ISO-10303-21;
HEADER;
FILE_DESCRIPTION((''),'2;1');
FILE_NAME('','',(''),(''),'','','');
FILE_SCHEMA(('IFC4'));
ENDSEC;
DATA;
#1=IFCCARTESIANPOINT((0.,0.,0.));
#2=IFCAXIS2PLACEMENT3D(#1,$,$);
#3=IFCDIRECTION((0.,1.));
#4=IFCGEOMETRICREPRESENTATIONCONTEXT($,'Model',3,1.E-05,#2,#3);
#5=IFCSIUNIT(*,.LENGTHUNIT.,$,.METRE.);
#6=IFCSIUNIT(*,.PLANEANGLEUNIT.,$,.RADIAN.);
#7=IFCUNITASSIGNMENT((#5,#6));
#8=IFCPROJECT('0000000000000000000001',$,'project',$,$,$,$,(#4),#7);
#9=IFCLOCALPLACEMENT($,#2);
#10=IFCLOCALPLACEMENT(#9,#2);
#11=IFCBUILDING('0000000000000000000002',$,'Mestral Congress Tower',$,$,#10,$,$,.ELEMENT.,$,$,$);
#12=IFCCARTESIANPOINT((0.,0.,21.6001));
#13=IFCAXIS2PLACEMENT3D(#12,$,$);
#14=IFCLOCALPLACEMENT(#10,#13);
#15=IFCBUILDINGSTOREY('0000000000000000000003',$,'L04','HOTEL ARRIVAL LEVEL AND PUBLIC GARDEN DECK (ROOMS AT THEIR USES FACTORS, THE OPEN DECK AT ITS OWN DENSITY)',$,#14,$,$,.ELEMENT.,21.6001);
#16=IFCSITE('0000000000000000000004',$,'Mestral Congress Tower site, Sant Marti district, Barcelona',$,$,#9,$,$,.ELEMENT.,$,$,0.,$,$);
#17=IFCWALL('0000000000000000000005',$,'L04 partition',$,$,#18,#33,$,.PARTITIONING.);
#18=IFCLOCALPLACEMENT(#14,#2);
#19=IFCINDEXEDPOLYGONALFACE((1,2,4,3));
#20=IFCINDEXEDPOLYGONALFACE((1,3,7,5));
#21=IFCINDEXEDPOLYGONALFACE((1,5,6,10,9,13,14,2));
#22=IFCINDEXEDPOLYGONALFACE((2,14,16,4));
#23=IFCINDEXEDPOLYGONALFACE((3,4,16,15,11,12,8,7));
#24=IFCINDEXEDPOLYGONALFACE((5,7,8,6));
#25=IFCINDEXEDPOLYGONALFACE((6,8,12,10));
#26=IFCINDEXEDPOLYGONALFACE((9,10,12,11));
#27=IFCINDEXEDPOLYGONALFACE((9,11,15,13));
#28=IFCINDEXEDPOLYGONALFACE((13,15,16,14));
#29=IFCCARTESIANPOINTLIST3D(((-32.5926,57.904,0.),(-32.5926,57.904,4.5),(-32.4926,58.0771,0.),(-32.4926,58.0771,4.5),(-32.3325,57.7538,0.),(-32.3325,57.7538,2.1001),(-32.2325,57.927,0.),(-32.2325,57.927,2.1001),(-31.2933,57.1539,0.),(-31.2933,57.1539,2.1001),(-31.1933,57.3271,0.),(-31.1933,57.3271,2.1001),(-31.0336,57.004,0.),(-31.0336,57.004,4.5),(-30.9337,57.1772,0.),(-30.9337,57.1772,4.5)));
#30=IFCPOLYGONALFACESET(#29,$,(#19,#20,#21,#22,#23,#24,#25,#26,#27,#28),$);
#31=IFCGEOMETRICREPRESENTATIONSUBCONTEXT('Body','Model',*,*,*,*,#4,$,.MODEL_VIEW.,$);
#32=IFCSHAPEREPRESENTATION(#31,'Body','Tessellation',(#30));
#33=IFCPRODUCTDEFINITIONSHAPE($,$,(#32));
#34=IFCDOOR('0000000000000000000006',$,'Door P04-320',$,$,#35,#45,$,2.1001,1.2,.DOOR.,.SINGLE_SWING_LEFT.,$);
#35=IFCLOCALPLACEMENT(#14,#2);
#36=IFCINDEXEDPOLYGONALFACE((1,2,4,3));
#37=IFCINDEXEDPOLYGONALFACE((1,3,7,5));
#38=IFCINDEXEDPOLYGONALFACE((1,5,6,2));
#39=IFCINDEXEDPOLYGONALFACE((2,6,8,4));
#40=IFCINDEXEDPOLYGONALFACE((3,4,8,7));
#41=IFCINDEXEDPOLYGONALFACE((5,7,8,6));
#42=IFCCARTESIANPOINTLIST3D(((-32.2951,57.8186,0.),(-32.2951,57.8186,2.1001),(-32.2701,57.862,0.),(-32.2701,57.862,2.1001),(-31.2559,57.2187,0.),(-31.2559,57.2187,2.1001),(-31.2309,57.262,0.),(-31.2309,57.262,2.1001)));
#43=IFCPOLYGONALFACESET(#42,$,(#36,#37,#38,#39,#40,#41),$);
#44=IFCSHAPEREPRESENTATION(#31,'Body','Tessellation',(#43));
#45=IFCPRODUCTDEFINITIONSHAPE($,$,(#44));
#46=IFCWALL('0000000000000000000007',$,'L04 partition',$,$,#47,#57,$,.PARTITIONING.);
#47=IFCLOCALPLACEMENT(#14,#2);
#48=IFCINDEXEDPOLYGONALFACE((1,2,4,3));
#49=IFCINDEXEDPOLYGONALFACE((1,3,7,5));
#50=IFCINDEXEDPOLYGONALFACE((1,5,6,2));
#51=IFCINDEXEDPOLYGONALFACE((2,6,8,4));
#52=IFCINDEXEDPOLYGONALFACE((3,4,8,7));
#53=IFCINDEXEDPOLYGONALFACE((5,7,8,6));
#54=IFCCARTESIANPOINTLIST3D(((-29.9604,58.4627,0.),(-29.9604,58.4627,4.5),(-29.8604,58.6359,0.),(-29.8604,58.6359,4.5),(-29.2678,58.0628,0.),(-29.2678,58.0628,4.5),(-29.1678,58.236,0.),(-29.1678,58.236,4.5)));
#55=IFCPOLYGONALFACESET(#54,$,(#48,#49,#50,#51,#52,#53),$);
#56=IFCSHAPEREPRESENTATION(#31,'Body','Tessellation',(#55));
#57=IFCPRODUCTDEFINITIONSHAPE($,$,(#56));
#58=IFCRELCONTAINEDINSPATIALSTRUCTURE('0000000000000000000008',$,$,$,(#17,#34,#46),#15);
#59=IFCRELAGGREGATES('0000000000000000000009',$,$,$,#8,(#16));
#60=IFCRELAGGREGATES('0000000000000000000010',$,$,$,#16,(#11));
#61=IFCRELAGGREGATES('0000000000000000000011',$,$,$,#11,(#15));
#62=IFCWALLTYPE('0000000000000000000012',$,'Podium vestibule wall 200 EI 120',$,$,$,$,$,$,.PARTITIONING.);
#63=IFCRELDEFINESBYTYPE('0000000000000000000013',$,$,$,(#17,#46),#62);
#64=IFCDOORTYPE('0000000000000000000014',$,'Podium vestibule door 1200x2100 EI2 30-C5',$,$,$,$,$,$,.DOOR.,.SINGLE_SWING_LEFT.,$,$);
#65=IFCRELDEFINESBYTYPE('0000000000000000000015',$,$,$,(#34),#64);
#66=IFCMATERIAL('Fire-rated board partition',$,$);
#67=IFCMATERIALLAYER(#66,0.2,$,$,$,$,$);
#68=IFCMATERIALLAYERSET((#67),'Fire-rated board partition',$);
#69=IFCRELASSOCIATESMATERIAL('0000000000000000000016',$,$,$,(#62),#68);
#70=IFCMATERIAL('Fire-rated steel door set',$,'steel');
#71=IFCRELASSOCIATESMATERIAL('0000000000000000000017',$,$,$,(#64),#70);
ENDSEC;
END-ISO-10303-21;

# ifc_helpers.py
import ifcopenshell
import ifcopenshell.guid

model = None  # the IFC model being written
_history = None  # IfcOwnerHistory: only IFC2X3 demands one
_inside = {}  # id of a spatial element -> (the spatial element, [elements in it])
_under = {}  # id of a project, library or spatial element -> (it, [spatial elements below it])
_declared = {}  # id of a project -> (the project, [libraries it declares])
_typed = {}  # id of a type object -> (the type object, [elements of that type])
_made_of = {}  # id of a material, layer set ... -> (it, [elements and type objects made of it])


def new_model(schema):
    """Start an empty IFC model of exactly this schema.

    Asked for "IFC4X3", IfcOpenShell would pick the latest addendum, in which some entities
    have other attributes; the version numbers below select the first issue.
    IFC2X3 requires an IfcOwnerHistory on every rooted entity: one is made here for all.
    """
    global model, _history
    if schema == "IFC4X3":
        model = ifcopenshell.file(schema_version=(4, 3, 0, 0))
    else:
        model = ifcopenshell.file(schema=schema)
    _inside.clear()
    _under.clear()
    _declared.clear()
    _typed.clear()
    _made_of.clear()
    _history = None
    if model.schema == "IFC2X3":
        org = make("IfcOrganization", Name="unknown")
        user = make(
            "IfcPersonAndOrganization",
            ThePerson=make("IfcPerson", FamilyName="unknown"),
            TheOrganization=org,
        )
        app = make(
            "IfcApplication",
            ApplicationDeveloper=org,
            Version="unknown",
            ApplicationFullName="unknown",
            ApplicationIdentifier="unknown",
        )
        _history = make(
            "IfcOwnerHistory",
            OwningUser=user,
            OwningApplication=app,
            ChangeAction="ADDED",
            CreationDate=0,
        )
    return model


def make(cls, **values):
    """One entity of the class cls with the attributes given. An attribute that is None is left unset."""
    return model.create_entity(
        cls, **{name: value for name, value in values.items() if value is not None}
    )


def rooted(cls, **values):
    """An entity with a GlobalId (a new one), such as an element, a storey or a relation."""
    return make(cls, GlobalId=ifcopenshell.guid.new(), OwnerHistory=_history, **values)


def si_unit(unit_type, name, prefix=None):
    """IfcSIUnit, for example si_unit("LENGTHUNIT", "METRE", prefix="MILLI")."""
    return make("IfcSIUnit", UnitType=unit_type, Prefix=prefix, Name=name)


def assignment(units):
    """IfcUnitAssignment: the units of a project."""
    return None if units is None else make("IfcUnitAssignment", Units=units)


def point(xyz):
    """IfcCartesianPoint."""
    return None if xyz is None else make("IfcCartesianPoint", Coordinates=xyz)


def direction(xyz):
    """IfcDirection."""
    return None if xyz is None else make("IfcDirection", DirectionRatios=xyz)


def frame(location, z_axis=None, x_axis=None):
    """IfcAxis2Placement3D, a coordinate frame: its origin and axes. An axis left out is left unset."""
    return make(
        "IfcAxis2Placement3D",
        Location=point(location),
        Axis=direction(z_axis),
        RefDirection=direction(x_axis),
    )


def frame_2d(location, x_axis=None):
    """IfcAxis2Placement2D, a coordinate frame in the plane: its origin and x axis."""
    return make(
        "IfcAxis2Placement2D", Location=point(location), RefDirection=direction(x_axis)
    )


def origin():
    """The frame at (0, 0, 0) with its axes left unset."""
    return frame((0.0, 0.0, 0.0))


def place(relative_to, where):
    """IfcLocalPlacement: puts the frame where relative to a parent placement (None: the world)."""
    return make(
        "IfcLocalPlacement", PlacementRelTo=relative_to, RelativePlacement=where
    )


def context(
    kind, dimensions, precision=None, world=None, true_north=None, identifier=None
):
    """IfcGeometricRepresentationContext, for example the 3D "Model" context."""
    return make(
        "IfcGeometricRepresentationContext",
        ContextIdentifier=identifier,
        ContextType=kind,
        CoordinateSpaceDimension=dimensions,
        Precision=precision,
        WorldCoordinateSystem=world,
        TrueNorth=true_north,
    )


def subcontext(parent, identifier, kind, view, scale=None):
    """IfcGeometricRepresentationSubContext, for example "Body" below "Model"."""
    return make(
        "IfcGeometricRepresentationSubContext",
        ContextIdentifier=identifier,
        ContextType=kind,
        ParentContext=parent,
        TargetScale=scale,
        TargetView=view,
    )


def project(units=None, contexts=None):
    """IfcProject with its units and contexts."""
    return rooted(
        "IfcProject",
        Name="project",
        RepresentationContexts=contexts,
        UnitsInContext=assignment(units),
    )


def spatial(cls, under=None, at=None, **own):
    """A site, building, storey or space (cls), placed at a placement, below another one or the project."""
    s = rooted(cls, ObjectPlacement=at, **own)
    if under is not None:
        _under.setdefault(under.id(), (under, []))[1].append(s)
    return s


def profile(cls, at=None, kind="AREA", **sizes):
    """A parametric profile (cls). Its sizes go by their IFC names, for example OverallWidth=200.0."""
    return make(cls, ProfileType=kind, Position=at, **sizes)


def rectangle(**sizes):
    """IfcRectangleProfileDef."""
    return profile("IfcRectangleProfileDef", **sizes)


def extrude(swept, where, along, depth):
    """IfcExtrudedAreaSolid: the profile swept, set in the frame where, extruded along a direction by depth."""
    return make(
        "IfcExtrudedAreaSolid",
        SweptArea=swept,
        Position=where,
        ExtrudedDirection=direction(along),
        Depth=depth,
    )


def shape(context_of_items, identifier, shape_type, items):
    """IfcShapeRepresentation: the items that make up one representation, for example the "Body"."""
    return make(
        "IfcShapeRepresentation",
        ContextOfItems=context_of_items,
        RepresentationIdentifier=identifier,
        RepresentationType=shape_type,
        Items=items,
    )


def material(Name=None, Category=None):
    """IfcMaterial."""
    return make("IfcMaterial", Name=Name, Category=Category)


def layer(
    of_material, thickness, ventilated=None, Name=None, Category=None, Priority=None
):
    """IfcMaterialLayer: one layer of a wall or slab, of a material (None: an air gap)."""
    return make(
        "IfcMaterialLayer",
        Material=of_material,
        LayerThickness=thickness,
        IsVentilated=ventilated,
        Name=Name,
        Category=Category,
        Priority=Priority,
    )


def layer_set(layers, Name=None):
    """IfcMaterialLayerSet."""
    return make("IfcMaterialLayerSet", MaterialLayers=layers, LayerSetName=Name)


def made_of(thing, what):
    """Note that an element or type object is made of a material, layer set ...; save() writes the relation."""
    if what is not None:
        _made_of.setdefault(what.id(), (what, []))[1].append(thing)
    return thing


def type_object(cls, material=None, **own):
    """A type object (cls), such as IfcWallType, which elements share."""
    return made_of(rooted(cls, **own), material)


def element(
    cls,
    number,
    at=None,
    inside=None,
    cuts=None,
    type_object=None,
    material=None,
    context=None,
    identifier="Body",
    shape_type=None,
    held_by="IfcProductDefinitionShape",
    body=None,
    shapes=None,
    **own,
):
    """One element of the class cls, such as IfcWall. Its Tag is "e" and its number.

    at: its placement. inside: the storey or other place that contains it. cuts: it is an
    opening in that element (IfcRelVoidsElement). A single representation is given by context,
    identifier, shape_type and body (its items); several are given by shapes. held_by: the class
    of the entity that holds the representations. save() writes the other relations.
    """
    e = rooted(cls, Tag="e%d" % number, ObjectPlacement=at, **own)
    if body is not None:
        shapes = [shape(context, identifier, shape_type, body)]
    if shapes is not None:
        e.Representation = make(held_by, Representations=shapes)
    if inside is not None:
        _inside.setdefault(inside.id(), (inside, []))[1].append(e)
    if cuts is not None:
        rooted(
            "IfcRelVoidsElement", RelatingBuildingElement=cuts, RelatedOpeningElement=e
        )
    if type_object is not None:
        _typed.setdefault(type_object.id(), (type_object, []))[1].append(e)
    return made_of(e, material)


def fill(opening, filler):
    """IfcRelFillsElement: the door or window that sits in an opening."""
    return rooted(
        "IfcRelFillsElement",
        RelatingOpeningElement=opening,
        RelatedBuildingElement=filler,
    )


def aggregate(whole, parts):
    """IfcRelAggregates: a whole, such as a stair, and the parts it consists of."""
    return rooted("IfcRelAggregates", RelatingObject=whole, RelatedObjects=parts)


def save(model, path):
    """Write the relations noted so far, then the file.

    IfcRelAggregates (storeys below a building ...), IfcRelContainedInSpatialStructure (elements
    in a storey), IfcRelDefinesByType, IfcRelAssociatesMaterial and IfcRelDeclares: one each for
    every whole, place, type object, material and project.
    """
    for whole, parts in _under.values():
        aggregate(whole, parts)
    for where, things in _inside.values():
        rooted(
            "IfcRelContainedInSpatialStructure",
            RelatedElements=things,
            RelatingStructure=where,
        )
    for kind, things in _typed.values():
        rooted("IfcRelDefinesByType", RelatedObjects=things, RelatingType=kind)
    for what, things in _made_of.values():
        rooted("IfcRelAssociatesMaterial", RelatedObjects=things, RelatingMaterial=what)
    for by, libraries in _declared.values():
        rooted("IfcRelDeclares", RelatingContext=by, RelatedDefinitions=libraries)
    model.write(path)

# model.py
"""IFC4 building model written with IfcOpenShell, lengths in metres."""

from ifc_helpers import new_model, si_unit, direction, frame, frame_2d, origin, place, context, subcontext, project, spatial, rectangle, extrude, material, layer, layer_set, type_object, element, fill, save


model = new_model("IFC4")

# Units and contexts
model_context = context("Model", 3, precision=1e-05, world=origin(), true_north=direction((0.0, 1.0)))
body_context = subcontext(model_context, "Body", "Model", "MODEL_VIEW")
ifc_project = project(units=[si_unit("LENGTHUNIT", "METRE"), si_unit("PLANEANGLEUNIT", "RADIAN")], contexts=[model_context])

# Site, building, storey
site_placement = place(None, origin())
site = spatial("IfcSite", under=ifc_project, at=site_placement, Name="Mestral Congress Tower site, Sant Marti district, Barcelona", CompositionType="ELEMENT", RefElevation=0.0)
building_placement = place(site_placement, origin())
building = spatial("IfcBuilding", under=site, at=building_placement, Name="Mestral Congress Tower", CompositionType="ELEMENT")
storey_placement = place(building_placement, frame((0.0, 0.0, 21.6001)))
storey = spatial("IfcBuildingStorey", under=building, at=storey_placement, Name="L04", Description="HOTEL ARRIVAL LEVEL AND PUBLIC GARDEN DECK (ROOMS AT THEIR USES FACTORS, THE OPEN DECK AT ITS OWN DENSITY)", CompositionType="ELEMENT", Elevation=21.6001)

# Shared definitions
ifc_material_1 = material(Name="Fire-rated steel door set", Category="steel")

# Shared definitions
ifc_material_2 = material(Name="Fire-rated board partition")
ifc_layer_1 = layer(ifc_material_2, 0.2)
ifc_layer_set_1 = layer_set([ifc_layer_1], Name="Fire-rated board partition")
wall_type_1 = type_object("IfcWallType", Name="Podium vestibule wall 200 EI 120", PredefinedType="PARTITIONING", material=ifc_layer_set_1)

# Wall, opening, door
wall_1_placement = place(storey_placement, frame((-32.5425, 57.9905, 0.0), z_axis=(0.0, 0.0, 1.0), x_axis=(0.866048, -0.499961, 0.0)))
wall_1 = element("IfcWall", 1, at=wall_1_placement, inside=storey, type_object=wall_type_1, Name="L04 partition", PredefinedType="PARTITIONING", context=body_context, shape_type="SweptSolid", body=[
    extrude(rectangle(XDim=1.8, YDim=0.2, at=frame_2d((0.8999, 0.0))), origin(), (0.0, 0.0, 1.0), 4.5),
])
opening_1_placement = place(wall_1_placement, frame((0.3, 0.0, 0.0)))
opening_1 = element("IfcOpeningElement", 2, at=opening_1_placement, cuts=wall_1, PredefinedType="OPENING", context=body_context, shape_type="SweptSolid", body=[
    extrude(rectangle(XDim=1.2, YDim=2.1001, at=frame_2d((0.6001, 1.05))), frame((0.0, 0.1099, 0.0), z_axis=(0.0, -1.0, 0.0), x_axis=(1.0, 0.0, 0.0)), (0.0, 0.0, 1.0), 0.22),
])
door_type_1 = type_object("IfcDoorType", Name="Podium vestibule door 1200x2100 EI2 30-C5", OperationType="SINGLE_SWING_LEFT", PredefinedType="DOOR", material=ifc_material_1)
door_1_placement = place(opening_1_placement, origin())
door_1 = element("IfcDoor", 3, at=door_1_placement, inside=storey, type_object=door_type_1, Name="Door P04-320", OperationType="SINGLE_SWING_LEFT", OverallHeight=2.1001, OverallWidth=1.2, PredefinedType="DOOR", context=body_context, shape_type="SweptSolid", body=[
    extrude(rectangle(XDim=1.2, YDim=2.1001, at=frame_2d((0.6001, 1.05))), frame((0.0, 0.0249, 0.0), z_axis=(0.0, -1.0, 0.0), x_axis=(1.0, 0.0, 0.0)), (0.0, 0.0, 1.0), 0.05),
])
fill(opening_1, door_1)

# Wall
wall_2_placement = place(storey_placement, frame((-29.2178, 58.1494, 0.0), z_axis=(0.0, 0.0, 1.0), x_axis=(-0.866018, 0.500013, 0.0)))
element("IfcWall", 4, at=wall_2_placement, inside=storey, type_object=wall_type_1, Name="L04 partition", PredefinedType="PARTITIONING", context=body_context, shape_type="SweptSolid", body=[
    extrude(rectangle(XDim=0.7998, YDim=0.2, at=frame_2d((0.3999, 0.0))), origin(), (0.0, 0.0, 1.0), 4.5),
])

save(model, "model.ifc")
